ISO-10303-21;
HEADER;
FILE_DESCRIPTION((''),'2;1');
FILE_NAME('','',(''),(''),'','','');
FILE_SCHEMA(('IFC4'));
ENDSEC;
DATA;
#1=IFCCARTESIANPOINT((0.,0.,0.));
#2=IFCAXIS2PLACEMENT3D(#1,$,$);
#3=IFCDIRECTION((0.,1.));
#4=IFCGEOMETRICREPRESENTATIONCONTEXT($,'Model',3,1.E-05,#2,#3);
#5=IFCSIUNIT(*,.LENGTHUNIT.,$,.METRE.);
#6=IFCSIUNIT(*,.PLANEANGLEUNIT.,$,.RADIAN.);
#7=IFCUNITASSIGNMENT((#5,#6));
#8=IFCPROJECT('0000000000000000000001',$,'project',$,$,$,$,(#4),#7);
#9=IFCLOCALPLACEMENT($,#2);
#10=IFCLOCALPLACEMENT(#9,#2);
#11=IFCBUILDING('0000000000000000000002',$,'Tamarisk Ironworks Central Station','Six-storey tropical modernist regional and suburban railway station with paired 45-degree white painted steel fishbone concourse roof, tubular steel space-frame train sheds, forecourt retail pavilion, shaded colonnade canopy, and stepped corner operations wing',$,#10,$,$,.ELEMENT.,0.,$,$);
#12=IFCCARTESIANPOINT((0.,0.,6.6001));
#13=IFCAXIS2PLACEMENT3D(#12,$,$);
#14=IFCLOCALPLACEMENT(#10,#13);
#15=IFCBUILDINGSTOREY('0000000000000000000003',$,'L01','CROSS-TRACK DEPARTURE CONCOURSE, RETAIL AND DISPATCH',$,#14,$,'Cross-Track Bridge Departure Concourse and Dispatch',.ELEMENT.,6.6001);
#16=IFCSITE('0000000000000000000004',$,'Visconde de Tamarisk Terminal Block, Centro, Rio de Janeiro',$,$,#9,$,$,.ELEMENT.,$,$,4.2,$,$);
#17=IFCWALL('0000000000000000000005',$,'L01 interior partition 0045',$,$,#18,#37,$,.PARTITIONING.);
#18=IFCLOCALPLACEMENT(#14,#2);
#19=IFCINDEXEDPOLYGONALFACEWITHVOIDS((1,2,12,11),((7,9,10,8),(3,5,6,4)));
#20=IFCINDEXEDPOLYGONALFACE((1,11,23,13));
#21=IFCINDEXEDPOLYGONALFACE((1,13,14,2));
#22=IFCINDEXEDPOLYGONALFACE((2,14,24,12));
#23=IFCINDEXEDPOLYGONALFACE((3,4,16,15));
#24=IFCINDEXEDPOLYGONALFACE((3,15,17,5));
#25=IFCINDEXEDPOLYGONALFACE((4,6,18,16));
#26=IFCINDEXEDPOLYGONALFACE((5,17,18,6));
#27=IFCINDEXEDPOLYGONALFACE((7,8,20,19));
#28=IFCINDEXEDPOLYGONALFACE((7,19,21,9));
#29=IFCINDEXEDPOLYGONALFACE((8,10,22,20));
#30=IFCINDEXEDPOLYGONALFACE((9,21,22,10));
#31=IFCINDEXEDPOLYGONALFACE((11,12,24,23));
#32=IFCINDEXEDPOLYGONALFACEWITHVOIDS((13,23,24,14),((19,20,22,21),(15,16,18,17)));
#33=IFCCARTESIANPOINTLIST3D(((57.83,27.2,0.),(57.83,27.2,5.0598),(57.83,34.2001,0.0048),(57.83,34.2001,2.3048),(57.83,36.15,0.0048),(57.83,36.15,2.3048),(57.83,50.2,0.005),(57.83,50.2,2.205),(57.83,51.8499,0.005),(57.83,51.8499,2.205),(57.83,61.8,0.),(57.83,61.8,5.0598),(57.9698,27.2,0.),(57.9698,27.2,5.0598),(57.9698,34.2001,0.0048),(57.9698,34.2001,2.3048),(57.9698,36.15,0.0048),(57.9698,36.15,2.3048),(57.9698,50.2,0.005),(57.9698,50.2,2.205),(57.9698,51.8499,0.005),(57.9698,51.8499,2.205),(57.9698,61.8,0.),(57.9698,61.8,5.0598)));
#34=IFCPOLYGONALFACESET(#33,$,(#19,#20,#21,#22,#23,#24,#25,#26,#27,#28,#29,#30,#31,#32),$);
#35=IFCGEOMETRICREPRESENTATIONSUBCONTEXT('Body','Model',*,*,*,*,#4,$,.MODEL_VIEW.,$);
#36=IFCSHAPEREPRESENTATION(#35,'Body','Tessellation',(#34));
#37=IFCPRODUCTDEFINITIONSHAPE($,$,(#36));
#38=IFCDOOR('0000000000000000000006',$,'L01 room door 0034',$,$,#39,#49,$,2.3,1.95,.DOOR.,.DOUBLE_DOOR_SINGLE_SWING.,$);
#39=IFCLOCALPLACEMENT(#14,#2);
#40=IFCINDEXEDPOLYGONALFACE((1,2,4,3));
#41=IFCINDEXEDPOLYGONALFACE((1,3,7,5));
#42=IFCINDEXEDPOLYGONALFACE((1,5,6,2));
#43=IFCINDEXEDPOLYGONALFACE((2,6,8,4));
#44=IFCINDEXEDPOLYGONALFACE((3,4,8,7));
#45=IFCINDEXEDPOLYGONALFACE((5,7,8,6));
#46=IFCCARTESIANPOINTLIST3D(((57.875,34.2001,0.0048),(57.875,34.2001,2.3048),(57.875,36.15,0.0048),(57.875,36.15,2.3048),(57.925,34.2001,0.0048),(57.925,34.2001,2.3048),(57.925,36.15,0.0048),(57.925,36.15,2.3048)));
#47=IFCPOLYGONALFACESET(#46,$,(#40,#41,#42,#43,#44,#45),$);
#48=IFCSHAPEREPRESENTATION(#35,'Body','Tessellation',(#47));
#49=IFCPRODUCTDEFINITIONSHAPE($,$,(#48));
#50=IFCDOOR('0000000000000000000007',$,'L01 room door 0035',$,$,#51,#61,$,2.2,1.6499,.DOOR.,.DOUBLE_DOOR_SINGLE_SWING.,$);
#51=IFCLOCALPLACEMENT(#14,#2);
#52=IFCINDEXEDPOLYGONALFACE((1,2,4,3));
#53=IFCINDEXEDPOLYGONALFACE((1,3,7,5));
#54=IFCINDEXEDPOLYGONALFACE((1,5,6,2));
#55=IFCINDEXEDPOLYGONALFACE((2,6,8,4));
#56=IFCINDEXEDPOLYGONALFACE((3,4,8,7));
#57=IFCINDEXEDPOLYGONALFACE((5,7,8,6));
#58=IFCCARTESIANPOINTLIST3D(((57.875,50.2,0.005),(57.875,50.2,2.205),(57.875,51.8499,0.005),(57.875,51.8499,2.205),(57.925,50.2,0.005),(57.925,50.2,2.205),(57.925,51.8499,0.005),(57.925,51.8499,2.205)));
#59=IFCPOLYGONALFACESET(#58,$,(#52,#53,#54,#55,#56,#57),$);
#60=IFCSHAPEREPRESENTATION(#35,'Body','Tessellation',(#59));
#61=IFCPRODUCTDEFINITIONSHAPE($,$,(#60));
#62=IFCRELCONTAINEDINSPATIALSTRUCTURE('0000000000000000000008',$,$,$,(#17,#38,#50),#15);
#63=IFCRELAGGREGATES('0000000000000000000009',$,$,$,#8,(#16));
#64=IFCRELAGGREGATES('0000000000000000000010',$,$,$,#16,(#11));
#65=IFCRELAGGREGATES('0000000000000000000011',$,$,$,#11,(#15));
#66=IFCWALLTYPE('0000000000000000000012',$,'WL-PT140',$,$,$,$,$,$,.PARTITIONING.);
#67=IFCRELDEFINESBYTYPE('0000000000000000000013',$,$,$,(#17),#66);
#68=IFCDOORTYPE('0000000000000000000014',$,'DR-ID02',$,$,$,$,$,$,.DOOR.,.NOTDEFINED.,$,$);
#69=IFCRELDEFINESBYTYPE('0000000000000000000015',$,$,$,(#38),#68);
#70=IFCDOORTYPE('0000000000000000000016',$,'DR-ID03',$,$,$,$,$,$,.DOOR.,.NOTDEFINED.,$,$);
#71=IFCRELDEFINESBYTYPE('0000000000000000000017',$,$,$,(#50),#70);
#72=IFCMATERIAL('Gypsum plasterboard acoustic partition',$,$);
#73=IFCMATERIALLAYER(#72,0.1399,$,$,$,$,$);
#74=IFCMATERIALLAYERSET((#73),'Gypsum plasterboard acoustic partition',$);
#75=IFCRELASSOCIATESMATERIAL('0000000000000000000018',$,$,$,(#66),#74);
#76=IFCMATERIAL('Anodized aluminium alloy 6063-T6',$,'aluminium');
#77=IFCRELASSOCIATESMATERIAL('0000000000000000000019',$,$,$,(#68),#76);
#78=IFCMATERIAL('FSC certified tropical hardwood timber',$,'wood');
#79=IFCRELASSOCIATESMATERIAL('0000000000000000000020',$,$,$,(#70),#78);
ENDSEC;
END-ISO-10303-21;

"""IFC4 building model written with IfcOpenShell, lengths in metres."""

from ifc_helpers import new_model, si_unit, direction, frame, frame_2d, origin, place, context, subcontext, project, spatial, rectangle, extrude, material, layer, layer_set, type_object, element, fill, save


model = new_model("IFC4")

# Units and contexts
model_context = context("Model", 3, precision=1e-05, world=origin(), true_north=direction((0.0, 1.0)))
body_context = subcontext(model_context, "Body", "Model", "MODEL_VIEW")
ifc_project = project(units=[si_unit("LENGTHUNIT", "METRE"), si_unit("PLANEANGLEUNIT", "RADIAN")], contexts=[model_context])

# Site, building, storey
site_placement = place(None, origin())
site = spatial("IfcSite", under=ifc_project, at=site_placement, Name="Visconde de Tamarisk Terminal Block, Centro, Rio de Janeiro", CompositionType="ELEMENT", RefElevation=4.2)
building_placement = place(site_placement, origin())
building = spatial("IfcBuilding", under=site, at=building_placement, Name="Tamarisk Ironworks Central Station", Description="Six-storey tropical modernist regional and suburban railway station with paired 45-degree white painted steel fishbone concourse roof, tubular steel space-frame train sheds, forecourt retail pavilion, shaded colonnade canopy, and stepped corner operations wing", CompositionType="ELEMENT", ElevationOfRefHeight=0.0)
storey_placement = place(building_placement, frame((0.0, 0.0, 6.6001)))
storey = spatial("IfcBuildingStorey", under=building, at=storey_placement, Name="L01", Description="CROSS-TRACK DEPARTURE CONCOURSE, RETAIL AND DISPATCH", LongName="Cross-Track Bridge Departure Concourse and Dispatch", CompositionType="ELEMENT", Elevation=6.6001)

# Shared definitions
ifc_material_1 = material(Name="Gypsum plasterboard acoustic partition")

# Wall, openings, doors
ifc_layer_1 = layer(ifc_material_1, 0.1399)
ifc_layer_set_1 = layer_set([ifc_layer_1], Name="Gypsum plasterboard acoustic partition")
wall_type_1 = type_object("IfcWallType", Name="WL-PT140", PredefinedType="PARTITIONING", material=ifc_layer_set_1)
wall_1_placement = place(storey_placement, frame((57.8999, 27.2, 0.0), z_axis=(0.0, 0.0, 1.0), x_axis=(0.0, 1.0, 0.0)))
wall_1 = element("IfcWall", 1, at=wall_1_placement, inside=storey, type_object=wall_type_1, Name="L01 interior partition 0045", PredefinedType="PARTITIONING", context=body_context, shape_type="SweptSolid", body=[
    extrude(rectangle(XDim=34.6001, YDim=0.1399, at=frame_2d((17.3, 0.0))), origin(), (0.0, 0.0, 1.0), 5.0598),
])
opening_1_placement = place(wall_1_placement, frame((7.0, 0.0, 0.0049)))
opening_1 = element("IfcOpeningElement", 2, at=opening_1_placement, cuts=wall_1, PredefinedType="OPENING", context=body_context, shape_type="SweptSolid", body=[
    extrude(rectangle(XDim=1.95, YDim=2.3, at=frame_2d((0.9751, 1.1499))), frame((0.0, 0.082, 0.0), z_axis=(0.0, -1.0, 0.0), x_axis=(1.0, 0.0, 0.0)), (0.0, 0.0, 1.0), 0.1638),
])
opening_2_placement = place(wall_1_placement, frame((23.0, 0.0, 0.0049)))
opening_2 = element("IfcOpeningElement", 3, at=opening_2_placement, cuts=wall_1, PredefinedType="OPENING", context=body_context, shape_type="SweptSolid", body=[
    extrude(rectangle(XDim=1.6499, YDim=2.2, at=frame_2d((0.825, 1.1001))), frame((0.0, 0.082, 0.0), z_axis=(0.0, -1.0, 0.0), x_axis=(1.0, 0.0, 0.0)), (0.0, 0.0, 1.0), 0.1638),
])
ifc_material_2 = material(Name="Anodized aluminium alloy 6063-T6", Category="aluminium")
door_type_1 = type_object("IfcDoorType", Name="DR-ID02", OperationType="NOTDEFINED", PredefinedType="DOOR", material=ifc_material_2)
door_1_placement = place(opening_1_placement, origin())
door_1 = element("IfcDoor", 4, at=door_1_placement, inside=storey, type_object=door_type_1, Name="L01 room door 0034", OperationType="DOUBLE_DOOR_SINGLE_SWING", OverallHeight=2.3, OverallWidth=1.95, PredefinedType="DOOR", context=body_context, shape_type="SweptSolid", body=[
    extrude(rectangle(XDim=1.95, YDim=2.3, at=frame_2d((0.9751, 1.1499))), frame((0.0, 0.0249, 0.0), z_axis=(0.0, -1.0, 0.0), x_axis=(1.0, 0.0, 0.0)), (0.0, 0.0, 1.0), 0.05),
])
fill(opening_1, door_1)
ifc_material_3 = material(Name="FSC certified tropical hardwood timber", Category="wood")
door_type_2 = type_object("IfcDoorType", Name="DR-ID03", OperationType="NOTDEFINED", PredefinedType="DOOR", material=ifc_material_3)
door_2_placement = place(opening_2_placement, origin())
door_2 = element("IfcDoor", 5, at=door_2_placement, inside=storey, type_object=door_type_2, Name="L01 room door 0035", OperationType="DOUBLE_DOOR_SINGLE_SWING", OverallHeight=2.2, OverallWidth=1.6499, PredefinedType="DOOR", context=body_context, shape_type="SweptSolid", body=[
    extrude(rectangle(XDim=1.6499, YDim=2.2, at=frame_2d((0.825, 1.1001))), frame((0.0, 0.0249, 0.0), z_axis=(0.0, -1.0, 0.0), x_axis=(1.0, 0.0, 0.0)), (0.0, 0.0, 1.0), 0.05),
])
fill(opening_2, door_2)

save(model, "model.ifc")
